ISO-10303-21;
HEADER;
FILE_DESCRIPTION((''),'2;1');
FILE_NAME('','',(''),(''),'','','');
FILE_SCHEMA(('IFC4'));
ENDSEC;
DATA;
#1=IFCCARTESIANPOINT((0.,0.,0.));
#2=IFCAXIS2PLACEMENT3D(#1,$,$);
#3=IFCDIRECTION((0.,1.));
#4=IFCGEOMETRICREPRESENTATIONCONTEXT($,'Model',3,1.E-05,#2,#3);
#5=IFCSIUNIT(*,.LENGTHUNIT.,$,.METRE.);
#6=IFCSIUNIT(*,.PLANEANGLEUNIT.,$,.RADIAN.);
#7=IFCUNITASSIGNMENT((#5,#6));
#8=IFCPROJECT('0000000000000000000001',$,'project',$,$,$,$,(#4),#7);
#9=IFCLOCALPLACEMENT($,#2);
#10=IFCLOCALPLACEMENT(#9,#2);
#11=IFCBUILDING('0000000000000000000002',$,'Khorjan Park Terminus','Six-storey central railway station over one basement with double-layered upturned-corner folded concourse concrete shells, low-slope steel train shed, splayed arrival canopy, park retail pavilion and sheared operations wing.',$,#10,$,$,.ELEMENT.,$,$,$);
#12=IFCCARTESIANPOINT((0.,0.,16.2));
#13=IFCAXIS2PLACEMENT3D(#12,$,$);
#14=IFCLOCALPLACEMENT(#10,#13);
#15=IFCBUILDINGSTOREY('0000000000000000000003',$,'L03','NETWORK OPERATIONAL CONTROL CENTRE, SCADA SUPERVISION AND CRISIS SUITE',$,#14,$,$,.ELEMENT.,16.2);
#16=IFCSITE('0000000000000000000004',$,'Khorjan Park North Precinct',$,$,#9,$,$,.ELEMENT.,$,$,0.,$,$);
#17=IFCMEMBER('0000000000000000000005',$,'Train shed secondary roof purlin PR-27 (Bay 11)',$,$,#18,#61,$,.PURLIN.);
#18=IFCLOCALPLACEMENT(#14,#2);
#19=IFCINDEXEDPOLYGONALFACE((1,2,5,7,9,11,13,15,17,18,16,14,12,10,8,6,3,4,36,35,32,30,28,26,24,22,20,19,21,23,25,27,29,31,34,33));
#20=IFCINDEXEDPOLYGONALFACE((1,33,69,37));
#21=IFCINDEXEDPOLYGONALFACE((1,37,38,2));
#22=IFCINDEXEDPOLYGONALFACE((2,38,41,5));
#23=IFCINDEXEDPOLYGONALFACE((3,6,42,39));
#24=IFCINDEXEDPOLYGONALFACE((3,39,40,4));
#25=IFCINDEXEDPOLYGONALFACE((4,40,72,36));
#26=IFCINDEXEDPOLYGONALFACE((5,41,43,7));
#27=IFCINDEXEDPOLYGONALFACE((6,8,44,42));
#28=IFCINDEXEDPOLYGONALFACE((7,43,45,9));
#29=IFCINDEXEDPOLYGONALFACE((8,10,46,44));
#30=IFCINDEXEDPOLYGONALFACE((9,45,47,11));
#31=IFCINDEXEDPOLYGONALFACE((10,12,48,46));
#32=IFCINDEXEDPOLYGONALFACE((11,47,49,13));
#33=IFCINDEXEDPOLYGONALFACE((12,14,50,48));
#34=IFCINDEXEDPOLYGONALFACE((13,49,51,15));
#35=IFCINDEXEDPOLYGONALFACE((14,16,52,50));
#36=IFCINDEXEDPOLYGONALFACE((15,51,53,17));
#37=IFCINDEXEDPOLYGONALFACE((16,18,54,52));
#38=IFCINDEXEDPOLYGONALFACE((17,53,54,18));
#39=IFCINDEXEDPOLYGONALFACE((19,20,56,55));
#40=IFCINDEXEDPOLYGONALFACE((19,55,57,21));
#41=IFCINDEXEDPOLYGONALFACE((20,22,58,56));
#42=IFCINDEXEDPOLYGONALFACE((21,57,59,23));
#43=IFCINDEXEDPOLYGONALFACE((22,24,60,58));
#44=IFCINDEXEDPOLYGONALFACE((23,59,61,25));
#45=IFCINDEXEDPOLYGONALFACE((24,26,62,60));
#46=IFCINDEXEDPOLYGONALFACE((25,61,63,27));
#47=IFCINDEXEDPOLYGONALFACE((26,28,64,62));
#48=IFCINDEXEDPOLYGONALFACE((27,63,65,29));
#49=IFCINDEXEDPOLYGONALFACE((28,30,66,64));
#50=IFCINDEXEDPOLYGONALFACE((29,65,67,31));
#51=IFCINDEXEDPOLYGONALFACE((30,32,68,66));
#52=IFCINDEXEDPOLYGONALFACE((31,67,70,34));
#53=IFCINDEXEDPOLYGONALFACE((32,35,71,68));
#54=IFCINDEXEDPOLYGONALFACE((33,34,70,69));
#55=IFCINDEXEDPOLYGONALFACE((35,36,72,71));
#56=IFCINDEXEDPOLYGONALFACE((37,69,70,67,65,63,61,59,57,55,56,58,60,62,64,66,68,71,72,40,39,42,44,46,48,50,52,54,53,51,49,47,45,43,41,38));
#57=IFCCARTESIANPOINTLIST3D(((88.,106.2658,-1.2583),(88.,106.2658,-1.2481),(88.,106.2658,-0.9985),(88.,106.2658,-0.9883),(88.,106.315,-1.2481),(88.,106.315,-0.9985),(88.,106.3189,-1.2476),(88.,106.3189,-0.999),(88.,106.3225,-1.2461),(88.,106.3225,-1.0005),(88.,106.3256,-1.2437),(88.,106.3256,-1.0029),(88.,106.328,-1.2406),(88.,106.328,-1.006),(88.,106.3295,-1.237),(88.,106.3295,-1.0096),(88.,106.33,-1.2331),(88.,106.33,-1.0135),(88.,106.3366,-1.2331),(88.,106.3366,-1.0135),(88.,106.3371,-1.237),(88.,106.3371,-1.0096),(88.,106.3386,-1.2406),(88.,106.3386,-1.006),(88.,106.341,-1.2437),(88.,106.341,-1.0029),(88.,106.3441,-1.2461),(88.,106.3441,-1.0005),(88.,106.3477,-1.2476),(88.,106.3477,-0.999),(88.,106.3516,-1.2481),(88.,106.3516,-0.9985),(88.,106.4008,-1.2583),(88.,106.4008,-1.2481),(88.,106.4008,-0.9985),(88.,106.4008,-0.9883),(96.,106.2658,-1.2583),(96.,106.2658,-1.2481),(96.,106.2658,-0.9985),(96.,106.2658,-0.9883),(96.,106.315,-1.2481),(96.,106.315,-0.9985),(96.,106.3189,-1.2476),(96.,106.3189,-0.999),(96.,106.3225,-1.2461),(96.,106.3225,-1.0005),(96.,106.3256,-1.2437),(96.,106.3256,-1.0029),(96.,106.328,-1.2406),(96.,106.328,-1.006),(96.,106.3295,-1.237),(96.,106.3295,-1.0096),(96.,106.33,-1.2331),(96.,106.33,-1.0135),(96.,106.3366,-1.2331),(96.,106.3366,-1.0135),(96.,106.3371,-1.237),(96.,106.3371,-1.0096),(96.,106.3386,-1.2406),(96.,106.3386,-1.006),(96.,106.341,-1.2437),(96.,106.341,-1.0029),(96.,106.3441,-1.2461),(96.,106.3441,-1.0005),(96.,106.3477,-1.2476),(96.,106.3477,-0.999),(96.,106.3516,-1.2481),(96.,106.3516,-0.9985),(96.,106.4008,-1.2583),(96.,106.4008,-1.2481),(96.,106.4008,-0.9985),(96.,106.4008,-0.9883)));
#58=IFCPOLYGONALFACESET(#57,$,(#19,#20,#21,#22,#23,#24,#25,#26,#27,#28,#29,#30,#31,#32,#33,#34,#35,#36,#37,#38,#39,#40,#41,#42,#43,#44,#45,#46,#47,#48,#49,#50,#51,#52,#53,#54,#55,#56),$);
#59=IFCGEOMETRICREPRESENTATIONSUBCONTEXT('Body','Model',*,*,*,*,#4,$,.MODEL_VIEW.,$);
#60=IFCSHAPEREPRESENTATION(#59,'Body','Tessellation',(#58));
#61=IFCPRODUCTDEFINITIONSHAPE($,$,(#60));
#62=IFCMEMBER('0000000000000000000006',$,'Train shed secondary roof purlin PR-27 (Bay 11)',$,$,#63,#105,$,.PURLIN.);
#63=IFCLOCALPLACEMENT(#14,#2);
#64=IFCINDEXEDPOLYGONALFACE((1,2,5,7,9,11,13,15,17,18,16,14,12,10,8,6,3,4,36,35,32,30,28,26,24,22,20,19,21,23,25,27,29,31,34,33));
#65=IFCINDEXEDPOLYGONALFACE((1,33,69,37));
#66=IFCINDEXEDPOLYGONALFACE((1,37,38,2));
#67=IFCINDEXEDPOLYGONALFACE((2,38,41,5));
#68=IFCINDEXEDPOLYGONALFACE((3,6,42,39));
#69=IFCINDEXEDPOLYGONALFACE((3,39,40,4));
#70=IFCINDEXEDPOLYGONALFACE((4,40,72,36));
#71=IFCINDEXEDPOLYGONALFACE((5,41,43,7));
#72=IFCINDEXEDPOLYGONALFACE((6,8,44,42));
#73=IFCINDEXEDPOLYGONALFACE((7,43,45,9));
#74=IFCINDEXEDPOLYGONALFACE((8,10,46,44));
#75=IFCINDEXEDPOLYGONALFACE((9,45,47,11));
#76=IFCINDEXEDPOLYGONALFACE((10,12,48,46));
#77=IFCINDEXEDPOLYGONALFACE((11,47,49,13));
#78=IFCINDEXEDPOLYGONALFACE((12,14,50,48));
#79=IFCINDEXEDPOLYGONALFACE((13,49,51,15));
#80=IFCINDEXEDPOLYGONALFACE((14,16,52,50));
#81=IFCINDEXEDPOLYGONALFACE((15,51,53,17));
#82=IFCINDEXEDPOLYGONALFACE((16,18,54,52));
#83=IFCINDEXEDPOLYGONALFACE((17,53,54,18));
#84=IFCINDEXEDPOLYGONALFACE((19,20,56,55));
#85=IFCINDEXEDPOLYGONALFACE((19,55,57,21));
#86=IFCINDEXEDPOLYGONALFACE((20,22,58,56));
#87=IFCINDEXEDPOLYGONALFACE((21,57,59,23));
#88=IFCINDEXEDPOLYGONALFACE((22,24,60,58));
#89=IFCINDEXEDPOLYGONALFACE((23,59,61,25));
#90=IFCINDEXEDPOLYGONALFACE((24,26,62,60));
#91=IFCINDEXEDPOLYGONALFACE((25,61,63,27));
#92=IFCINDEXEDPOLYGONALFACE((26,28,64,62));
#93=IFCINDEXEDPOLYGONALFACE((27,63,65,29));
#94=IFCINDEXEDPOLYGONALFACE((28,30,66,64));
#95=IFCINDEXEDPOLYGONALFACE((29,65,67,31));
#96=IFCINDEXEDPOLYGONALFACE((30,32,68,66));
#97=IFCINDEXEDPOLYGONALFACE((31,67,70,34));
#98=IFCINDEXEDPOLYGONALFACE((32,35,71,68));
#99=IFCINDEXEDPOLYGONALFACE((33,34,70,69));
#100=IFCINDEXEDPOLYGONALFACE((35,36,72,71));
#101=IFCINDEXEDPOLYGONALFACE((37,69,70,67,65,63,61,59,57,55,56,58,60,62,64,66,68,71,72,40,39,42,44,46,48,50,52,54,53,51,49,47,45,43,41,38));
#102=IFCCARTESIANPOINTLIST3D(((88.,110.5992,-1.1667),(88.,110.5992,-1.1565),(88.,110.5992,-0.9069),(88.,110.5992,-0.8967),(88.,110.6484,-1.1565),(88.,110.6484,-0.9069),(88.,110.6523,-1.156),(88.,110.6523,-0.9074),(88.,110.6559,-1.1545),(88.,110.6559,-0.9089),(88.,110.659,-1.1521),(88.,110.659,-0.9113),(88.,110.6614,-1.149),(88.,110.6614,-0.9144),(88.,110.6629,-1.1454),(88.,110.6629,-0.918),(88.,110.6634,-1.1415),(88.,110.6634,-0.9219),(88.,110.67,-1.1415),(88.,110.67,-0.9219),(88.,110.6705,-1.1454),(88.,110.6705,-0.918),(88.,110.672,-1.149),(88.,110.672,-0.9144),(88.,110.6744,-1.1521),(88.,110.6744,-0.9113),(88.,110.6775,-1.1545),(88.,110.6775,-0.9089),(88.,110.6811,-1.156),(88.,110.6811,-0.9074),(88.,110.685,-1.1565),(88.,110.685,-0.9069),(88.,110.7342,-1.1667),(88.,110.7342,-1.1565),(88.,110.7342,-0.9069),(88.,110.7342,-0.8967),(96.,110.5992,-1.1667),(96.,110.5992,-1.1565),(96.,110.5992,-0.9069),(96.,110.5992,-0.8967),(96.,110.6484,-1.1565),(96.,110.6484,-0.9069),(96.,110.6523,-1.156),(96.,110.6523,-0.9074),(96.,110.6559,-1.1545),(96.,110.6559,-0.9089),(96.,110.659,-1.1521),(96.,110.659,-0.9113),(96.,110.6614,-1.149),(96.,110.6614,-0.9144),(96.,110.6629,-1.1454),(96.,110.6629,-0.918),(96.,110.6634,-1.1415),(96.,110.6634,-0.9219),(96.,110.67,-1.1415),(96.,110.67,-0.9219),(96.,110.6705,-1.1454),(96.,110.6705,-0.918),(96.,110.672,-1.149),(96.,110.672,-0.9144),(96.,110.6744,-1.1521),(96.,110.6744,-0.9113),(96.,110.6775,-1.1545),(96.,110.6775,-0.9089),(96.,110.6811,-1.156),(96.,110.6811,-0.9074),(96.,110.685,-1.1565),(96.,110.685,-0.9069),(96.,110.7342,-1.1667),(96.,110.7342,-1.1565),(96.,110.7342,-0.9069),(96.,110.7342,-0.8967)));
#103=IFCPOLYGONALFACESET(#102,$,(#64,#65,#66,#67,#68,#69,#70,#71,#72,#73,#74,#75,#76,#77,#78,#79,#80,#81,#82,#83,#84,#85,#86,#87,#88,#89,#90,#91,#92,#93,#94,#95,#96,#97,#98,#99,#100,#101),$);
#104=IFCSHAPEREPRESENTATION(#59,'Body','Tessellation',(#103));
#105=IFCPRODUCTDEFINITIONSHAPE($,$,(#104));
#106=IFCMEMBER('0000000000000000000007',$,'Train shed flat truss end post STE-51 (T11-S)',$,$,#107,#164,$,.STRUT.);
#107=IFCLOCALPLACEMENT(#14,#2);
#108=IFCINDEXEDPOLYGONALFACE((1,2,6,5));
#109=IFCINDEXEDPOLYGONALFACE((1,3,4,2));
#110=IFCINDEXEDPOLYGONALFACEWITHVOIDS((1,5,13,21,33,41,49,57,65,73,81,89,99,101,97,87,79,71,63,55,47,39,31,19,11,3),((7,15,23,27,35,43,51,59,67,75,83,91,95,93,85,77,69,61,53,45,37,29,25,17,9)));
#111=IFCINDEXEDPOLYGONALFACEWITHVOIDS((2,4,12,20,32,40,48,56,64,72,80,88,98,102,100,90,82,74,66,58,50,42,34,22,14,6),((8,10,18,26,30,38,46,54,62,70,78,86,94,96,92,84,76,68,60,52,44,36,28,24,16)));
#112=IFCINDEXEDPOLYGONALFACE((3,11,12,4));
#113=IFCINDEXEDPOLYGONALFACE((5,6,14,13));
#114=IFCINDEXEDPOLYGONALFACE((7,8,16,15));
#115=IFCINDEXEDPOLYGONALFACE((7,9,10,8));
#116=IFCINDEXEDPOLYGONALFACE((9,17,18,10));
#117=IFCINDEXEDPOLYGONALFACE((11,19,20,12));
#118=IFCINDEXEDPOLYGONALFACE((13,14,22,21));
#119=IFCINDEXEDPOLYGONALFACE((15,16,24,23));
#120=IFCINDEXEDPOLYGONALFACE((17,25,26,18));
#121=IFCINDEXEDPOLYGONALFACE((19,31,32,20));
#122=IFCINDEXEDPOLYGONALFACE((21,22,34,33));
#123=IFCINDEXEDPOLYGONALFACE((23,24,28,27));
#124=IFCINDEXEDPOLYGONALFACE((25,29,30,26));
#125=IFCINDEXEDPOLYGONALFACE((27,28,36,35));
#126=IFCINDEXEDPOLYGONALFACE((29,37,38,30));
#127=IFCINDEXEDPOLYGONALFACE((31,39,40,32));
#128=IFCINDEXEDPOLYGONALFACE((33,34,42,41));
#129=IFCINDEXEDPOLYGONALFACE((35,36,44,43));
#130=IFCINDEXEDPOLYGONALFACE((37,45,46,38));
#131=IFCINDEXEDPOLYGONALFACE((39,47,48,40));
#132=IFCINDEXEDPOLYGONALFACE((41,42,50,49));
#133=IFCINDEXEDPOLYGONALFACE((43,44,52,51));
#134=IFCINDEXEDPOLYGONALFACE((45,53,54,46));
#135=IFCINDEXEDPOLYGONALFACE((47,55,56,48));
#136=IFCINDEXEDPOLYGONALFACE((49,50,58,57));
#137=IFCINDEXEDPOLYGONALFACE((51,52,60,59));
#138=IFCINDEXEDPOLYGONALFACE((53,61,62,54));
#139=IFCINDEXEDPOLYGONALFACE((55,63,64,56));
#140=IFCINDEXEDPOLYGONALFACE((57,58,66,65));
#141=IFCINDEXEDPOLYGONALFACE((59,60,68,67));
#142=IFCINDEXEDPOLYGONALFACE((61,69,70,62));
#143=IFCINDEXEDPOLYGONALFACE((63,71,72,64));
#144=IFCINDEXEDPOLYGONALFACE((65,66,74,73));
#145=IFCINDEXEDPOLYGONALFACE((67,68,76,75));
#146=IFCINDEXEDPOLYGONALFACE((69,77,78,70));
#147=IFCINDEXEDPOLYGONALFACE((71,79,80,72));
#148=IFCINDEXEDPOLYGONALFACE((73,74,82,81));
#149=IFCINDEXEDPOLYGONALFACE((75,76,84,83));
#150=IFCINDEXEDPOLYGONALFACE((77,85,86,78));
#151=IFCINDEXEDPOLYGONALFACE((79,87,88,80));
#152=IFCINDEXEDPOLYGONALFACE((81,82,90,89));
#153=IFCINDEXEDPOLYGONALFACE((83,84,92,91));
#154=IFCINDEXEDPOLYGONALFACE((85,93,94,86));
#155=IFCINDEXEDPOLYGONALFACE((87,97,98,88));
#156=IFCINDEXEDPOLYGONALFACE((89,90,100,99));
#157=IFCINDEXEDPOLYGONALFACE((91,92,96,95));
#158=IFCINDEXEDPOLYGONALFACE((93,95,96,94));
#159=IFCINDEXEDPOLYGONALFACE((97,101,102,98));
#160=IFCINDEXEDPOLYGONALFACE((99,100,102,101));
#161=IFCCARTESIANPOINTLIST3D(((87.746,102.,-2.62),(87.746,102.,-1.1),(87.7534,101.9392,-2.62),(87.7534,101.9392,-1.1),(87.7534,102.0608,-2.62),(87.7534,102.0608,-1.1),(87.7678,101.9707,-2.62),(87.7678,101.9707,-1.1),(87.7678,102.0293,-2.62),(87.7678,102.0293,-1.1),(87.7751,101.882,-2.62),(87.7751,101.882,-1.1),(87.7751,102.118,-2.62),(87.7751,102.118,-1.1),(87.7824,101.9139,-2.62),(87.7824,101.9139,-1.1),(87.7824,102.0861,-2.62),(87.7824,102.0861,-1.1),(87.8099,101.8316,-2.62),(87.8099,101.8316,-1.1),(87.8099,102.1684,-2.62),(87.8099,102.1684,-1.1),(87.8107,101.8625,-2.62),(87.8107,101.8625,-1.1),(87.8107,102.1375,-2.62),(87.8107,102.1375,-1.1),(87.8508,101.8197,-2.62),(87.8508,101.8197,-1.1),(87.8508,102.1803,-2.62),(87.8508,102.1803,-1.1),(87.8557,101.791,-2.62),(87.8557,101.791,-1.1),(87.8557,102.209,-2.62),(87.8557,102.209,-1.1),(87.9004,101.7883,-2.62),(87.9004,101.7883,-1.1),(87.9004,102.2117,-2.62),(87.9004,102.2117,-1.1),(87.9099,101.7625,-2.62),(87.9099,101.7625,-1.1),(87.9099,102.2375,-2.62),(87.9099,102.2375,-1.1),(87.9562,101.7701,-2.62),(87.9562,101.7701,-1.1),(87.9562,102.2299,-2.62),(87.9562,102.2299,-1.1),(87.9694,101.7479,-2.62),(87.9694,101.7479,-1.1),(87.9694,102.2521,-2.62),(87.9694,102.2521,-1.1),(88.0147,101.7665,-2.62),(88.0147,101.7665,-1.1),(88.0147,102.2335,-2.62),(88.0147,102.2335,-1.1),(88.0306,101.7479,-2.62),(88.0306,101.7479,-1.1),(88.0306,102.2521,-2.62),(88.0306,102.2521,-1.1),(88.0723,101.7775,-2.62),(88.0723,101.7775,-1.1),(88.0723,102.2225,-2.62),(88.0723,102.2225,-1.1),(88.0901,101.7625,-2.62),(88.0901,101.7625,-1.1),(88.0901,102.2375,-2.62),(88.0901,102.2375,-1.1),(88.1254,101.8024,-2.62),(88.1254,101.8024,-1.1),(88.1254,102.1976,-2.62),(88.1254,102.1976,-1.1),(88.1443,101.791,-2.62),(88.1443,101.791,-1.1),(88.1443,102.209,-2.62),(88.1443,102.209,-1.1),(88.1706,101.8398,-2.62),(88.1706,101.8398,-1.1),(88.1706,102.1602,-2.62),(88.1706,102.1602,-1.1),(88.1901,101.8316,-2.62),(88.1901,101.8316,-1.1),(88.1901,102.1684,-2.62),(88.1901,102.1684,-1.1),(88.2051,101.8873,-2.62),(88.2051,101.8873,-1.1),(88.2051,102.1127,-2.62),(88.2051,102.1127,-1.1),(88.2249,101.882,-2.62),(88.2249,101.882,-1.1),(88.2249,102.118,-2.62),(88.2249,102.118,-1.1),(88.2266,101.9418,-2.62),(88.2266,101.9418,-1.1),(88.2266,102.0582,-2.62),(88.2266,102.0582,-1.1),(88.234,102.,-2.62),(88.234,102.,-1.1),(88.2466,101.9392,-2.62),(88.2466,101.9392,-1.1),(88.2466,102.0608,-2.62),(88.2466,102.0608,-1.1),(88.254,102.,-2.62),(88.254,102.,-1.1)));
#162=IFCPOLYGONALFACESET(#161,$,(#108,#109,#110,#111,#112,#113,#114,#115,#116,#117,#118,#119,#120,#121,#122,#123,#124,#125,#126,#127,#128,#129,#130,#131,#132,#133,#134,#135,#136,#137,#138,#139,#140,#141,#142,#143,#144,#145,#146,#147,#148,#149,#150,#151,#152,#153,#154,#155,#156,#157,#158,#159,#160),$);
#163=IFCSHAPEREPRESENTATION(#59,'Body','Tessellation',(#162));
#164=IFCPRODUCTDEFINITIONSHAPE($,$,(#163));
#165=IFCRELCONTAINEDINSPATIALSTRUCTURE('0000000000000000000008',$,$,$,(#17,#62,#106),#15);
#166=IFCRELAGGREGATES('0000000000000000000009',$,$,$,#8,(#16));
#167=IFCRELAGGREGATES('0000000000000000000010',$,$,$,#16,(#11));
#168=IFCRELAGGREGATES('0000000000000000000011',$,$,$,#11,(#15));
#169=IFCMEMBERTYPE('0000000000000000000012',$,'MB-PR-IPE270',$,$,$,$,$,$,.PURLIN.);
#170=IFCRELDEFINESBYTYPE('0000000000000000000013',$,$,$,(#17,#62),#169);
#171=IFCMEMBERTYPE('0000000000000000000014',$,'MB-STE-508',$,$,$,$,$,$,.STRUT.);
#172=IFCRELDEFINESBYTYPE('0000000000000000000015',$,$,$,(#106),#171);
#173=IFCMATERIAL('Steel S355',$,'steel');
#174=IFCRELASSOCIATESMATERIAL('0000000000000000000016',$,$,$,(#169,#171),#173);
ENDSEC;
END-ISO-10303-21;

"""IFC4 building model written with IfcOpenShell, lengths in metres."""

from ifc_helpers import new_model, si_unit, direction, frame, origin, origin_2d, place, context, subcontext, project, spatial, hollow_circle, i_section, extrude, material, material_profile, profile_set, type_object, element, save


model = new_model("IFC4")

# Units and contexts
model_context = context("Model", 3, precision=1e-05, world=origin(), true_north=direction((0.0, 1.0)))
body_context = subcontext(model_context, "Body", "Model", "MODEL_VIEW")
ifc_project = project(units=[si_unit("LENGTHUNIT", "METRE"), si_unit("PLANEANGLEUNIT", "RADIAN")], contexts=[model_context])

# Site, building, storey
site_placement = place(None, origin())
site = spatial("IfcSite", under=ifc_project, at=site_placement, Name="Khorjan Park North Precinct", CompositionType="ELEMENT", RefElevation=0.0)
building_placement = place(site_placement, origin())
building = spatial("IfcBuilding", under=site, at=building_placement, Name="Khorjan Park Terminus", Description="Six-storey central railway station over one basement with double-layered upturned-corner folded concourse concrete shells, low-slope steel train shed, splayed arrival canopy, park retail pavilion and sheared operations wing.", CompositionType="ELEMENT")
storey_placement = place(building_placement, frame((0.0, 0.0, 16.2)))
storey = spatial("IfcBuildingStorey", under=building, at=storey_placement, Name="L03", Description="NETWORK OPERATIONAL CONTROL CENTRE, SCADA SUPERVISION AND CRISIS SUITE", CompositionType="ELEMENT", Elevation=16.2)

# Members
ifc_material_1 = material(Name="Steel S355", Category="steel")
ifc_material_profile_1 = material_profile(ifc_material_1, i_section(OverallWidth=0.135, OverallDepth=0.27, WebThickness=0.0066, FlangeThickness=0.0102, FilletRadius=0.015, at=origin_2d()), Name="IPE 270")
ifc_profile_set_1 = profile_set([ifc_material_profile_1], Name="Steel S355")
member_type_1 = type_object("IfcMemberType", Name="MB-PR-IPE270", PredefinedType="PURLIN", material=ifc_profile_set_1)
for number, where, z_axis, x_axis, name in (
    (1, (88.0, 106.3333, -1.1233), (1.0, 0.0, 0.0), (0.0, 1.0, 0.0), "Train shed secondary roof purlin PR-27 (Bay 11)"),
    (2, (88.0, 110.6667, -1.0317), (1.0, 0.0, 0.0), (0.0, 1.0, 0.0), "Train shed secondary roof purlin PR-27 (Bay 11)"),
):
    element("IfcMember", number, at=place(storey_placement, frame(where, z_axis=z_axis, x_axis=x_axis)), inside=storey, type_object=member_type_1, Name=name, PredefinedType="PURLIN", context=body_context, shape_type="SweptSolid", body=[
        extrude(i_section(OverallWidth=0.135, OverallDepth=0.27, WebThickness=0.0066, FlangeThickness=0.0102, FilletRadius=0.015, at=origin_2d()), origin(), (0.0, 0.0, 1.0), 8.0),
    ])
ifc_material_profile_2 = material_profile(ifc_material_1, hollow_circle(Radius=0.254, WallThickness=0.02, at=origin_2d()), Name="CHS 508x20")
ifc_profile_set_2 = profile_set([ifc_material_profile_2], Name="Steel S355")
member_type_2 = type_object("IfcMemberType", Name="MB-STE-508", PredefinedType="STRUT", material=ifc_profile_set_2)
for number, where, z_axis, x_axis, name in (
    (3, (88.0, 102.0, -2.62), (0.0, 0.0, 1.0), (1.0, 0.0, 0.0), "Train shed flat truss end post STE-51 (T11-S)"),
):
    element("IfcMember", number, at=place(storey_placement, frame(where, z_axis=z_axis, x_axis=x_axis)), inside=storey, type_object=member_type_2, Name=name, PredefinedType="STRUT", context=body_context, shape_type="SweptSolid", body=[
        extrude(hollow_circle(Radius=0.254, WallThickness=0.02, at=origin_2d()), origin(), (0.0, 0.0, 1.0), 1.52),
    ])

save(model, "model.ifc")
